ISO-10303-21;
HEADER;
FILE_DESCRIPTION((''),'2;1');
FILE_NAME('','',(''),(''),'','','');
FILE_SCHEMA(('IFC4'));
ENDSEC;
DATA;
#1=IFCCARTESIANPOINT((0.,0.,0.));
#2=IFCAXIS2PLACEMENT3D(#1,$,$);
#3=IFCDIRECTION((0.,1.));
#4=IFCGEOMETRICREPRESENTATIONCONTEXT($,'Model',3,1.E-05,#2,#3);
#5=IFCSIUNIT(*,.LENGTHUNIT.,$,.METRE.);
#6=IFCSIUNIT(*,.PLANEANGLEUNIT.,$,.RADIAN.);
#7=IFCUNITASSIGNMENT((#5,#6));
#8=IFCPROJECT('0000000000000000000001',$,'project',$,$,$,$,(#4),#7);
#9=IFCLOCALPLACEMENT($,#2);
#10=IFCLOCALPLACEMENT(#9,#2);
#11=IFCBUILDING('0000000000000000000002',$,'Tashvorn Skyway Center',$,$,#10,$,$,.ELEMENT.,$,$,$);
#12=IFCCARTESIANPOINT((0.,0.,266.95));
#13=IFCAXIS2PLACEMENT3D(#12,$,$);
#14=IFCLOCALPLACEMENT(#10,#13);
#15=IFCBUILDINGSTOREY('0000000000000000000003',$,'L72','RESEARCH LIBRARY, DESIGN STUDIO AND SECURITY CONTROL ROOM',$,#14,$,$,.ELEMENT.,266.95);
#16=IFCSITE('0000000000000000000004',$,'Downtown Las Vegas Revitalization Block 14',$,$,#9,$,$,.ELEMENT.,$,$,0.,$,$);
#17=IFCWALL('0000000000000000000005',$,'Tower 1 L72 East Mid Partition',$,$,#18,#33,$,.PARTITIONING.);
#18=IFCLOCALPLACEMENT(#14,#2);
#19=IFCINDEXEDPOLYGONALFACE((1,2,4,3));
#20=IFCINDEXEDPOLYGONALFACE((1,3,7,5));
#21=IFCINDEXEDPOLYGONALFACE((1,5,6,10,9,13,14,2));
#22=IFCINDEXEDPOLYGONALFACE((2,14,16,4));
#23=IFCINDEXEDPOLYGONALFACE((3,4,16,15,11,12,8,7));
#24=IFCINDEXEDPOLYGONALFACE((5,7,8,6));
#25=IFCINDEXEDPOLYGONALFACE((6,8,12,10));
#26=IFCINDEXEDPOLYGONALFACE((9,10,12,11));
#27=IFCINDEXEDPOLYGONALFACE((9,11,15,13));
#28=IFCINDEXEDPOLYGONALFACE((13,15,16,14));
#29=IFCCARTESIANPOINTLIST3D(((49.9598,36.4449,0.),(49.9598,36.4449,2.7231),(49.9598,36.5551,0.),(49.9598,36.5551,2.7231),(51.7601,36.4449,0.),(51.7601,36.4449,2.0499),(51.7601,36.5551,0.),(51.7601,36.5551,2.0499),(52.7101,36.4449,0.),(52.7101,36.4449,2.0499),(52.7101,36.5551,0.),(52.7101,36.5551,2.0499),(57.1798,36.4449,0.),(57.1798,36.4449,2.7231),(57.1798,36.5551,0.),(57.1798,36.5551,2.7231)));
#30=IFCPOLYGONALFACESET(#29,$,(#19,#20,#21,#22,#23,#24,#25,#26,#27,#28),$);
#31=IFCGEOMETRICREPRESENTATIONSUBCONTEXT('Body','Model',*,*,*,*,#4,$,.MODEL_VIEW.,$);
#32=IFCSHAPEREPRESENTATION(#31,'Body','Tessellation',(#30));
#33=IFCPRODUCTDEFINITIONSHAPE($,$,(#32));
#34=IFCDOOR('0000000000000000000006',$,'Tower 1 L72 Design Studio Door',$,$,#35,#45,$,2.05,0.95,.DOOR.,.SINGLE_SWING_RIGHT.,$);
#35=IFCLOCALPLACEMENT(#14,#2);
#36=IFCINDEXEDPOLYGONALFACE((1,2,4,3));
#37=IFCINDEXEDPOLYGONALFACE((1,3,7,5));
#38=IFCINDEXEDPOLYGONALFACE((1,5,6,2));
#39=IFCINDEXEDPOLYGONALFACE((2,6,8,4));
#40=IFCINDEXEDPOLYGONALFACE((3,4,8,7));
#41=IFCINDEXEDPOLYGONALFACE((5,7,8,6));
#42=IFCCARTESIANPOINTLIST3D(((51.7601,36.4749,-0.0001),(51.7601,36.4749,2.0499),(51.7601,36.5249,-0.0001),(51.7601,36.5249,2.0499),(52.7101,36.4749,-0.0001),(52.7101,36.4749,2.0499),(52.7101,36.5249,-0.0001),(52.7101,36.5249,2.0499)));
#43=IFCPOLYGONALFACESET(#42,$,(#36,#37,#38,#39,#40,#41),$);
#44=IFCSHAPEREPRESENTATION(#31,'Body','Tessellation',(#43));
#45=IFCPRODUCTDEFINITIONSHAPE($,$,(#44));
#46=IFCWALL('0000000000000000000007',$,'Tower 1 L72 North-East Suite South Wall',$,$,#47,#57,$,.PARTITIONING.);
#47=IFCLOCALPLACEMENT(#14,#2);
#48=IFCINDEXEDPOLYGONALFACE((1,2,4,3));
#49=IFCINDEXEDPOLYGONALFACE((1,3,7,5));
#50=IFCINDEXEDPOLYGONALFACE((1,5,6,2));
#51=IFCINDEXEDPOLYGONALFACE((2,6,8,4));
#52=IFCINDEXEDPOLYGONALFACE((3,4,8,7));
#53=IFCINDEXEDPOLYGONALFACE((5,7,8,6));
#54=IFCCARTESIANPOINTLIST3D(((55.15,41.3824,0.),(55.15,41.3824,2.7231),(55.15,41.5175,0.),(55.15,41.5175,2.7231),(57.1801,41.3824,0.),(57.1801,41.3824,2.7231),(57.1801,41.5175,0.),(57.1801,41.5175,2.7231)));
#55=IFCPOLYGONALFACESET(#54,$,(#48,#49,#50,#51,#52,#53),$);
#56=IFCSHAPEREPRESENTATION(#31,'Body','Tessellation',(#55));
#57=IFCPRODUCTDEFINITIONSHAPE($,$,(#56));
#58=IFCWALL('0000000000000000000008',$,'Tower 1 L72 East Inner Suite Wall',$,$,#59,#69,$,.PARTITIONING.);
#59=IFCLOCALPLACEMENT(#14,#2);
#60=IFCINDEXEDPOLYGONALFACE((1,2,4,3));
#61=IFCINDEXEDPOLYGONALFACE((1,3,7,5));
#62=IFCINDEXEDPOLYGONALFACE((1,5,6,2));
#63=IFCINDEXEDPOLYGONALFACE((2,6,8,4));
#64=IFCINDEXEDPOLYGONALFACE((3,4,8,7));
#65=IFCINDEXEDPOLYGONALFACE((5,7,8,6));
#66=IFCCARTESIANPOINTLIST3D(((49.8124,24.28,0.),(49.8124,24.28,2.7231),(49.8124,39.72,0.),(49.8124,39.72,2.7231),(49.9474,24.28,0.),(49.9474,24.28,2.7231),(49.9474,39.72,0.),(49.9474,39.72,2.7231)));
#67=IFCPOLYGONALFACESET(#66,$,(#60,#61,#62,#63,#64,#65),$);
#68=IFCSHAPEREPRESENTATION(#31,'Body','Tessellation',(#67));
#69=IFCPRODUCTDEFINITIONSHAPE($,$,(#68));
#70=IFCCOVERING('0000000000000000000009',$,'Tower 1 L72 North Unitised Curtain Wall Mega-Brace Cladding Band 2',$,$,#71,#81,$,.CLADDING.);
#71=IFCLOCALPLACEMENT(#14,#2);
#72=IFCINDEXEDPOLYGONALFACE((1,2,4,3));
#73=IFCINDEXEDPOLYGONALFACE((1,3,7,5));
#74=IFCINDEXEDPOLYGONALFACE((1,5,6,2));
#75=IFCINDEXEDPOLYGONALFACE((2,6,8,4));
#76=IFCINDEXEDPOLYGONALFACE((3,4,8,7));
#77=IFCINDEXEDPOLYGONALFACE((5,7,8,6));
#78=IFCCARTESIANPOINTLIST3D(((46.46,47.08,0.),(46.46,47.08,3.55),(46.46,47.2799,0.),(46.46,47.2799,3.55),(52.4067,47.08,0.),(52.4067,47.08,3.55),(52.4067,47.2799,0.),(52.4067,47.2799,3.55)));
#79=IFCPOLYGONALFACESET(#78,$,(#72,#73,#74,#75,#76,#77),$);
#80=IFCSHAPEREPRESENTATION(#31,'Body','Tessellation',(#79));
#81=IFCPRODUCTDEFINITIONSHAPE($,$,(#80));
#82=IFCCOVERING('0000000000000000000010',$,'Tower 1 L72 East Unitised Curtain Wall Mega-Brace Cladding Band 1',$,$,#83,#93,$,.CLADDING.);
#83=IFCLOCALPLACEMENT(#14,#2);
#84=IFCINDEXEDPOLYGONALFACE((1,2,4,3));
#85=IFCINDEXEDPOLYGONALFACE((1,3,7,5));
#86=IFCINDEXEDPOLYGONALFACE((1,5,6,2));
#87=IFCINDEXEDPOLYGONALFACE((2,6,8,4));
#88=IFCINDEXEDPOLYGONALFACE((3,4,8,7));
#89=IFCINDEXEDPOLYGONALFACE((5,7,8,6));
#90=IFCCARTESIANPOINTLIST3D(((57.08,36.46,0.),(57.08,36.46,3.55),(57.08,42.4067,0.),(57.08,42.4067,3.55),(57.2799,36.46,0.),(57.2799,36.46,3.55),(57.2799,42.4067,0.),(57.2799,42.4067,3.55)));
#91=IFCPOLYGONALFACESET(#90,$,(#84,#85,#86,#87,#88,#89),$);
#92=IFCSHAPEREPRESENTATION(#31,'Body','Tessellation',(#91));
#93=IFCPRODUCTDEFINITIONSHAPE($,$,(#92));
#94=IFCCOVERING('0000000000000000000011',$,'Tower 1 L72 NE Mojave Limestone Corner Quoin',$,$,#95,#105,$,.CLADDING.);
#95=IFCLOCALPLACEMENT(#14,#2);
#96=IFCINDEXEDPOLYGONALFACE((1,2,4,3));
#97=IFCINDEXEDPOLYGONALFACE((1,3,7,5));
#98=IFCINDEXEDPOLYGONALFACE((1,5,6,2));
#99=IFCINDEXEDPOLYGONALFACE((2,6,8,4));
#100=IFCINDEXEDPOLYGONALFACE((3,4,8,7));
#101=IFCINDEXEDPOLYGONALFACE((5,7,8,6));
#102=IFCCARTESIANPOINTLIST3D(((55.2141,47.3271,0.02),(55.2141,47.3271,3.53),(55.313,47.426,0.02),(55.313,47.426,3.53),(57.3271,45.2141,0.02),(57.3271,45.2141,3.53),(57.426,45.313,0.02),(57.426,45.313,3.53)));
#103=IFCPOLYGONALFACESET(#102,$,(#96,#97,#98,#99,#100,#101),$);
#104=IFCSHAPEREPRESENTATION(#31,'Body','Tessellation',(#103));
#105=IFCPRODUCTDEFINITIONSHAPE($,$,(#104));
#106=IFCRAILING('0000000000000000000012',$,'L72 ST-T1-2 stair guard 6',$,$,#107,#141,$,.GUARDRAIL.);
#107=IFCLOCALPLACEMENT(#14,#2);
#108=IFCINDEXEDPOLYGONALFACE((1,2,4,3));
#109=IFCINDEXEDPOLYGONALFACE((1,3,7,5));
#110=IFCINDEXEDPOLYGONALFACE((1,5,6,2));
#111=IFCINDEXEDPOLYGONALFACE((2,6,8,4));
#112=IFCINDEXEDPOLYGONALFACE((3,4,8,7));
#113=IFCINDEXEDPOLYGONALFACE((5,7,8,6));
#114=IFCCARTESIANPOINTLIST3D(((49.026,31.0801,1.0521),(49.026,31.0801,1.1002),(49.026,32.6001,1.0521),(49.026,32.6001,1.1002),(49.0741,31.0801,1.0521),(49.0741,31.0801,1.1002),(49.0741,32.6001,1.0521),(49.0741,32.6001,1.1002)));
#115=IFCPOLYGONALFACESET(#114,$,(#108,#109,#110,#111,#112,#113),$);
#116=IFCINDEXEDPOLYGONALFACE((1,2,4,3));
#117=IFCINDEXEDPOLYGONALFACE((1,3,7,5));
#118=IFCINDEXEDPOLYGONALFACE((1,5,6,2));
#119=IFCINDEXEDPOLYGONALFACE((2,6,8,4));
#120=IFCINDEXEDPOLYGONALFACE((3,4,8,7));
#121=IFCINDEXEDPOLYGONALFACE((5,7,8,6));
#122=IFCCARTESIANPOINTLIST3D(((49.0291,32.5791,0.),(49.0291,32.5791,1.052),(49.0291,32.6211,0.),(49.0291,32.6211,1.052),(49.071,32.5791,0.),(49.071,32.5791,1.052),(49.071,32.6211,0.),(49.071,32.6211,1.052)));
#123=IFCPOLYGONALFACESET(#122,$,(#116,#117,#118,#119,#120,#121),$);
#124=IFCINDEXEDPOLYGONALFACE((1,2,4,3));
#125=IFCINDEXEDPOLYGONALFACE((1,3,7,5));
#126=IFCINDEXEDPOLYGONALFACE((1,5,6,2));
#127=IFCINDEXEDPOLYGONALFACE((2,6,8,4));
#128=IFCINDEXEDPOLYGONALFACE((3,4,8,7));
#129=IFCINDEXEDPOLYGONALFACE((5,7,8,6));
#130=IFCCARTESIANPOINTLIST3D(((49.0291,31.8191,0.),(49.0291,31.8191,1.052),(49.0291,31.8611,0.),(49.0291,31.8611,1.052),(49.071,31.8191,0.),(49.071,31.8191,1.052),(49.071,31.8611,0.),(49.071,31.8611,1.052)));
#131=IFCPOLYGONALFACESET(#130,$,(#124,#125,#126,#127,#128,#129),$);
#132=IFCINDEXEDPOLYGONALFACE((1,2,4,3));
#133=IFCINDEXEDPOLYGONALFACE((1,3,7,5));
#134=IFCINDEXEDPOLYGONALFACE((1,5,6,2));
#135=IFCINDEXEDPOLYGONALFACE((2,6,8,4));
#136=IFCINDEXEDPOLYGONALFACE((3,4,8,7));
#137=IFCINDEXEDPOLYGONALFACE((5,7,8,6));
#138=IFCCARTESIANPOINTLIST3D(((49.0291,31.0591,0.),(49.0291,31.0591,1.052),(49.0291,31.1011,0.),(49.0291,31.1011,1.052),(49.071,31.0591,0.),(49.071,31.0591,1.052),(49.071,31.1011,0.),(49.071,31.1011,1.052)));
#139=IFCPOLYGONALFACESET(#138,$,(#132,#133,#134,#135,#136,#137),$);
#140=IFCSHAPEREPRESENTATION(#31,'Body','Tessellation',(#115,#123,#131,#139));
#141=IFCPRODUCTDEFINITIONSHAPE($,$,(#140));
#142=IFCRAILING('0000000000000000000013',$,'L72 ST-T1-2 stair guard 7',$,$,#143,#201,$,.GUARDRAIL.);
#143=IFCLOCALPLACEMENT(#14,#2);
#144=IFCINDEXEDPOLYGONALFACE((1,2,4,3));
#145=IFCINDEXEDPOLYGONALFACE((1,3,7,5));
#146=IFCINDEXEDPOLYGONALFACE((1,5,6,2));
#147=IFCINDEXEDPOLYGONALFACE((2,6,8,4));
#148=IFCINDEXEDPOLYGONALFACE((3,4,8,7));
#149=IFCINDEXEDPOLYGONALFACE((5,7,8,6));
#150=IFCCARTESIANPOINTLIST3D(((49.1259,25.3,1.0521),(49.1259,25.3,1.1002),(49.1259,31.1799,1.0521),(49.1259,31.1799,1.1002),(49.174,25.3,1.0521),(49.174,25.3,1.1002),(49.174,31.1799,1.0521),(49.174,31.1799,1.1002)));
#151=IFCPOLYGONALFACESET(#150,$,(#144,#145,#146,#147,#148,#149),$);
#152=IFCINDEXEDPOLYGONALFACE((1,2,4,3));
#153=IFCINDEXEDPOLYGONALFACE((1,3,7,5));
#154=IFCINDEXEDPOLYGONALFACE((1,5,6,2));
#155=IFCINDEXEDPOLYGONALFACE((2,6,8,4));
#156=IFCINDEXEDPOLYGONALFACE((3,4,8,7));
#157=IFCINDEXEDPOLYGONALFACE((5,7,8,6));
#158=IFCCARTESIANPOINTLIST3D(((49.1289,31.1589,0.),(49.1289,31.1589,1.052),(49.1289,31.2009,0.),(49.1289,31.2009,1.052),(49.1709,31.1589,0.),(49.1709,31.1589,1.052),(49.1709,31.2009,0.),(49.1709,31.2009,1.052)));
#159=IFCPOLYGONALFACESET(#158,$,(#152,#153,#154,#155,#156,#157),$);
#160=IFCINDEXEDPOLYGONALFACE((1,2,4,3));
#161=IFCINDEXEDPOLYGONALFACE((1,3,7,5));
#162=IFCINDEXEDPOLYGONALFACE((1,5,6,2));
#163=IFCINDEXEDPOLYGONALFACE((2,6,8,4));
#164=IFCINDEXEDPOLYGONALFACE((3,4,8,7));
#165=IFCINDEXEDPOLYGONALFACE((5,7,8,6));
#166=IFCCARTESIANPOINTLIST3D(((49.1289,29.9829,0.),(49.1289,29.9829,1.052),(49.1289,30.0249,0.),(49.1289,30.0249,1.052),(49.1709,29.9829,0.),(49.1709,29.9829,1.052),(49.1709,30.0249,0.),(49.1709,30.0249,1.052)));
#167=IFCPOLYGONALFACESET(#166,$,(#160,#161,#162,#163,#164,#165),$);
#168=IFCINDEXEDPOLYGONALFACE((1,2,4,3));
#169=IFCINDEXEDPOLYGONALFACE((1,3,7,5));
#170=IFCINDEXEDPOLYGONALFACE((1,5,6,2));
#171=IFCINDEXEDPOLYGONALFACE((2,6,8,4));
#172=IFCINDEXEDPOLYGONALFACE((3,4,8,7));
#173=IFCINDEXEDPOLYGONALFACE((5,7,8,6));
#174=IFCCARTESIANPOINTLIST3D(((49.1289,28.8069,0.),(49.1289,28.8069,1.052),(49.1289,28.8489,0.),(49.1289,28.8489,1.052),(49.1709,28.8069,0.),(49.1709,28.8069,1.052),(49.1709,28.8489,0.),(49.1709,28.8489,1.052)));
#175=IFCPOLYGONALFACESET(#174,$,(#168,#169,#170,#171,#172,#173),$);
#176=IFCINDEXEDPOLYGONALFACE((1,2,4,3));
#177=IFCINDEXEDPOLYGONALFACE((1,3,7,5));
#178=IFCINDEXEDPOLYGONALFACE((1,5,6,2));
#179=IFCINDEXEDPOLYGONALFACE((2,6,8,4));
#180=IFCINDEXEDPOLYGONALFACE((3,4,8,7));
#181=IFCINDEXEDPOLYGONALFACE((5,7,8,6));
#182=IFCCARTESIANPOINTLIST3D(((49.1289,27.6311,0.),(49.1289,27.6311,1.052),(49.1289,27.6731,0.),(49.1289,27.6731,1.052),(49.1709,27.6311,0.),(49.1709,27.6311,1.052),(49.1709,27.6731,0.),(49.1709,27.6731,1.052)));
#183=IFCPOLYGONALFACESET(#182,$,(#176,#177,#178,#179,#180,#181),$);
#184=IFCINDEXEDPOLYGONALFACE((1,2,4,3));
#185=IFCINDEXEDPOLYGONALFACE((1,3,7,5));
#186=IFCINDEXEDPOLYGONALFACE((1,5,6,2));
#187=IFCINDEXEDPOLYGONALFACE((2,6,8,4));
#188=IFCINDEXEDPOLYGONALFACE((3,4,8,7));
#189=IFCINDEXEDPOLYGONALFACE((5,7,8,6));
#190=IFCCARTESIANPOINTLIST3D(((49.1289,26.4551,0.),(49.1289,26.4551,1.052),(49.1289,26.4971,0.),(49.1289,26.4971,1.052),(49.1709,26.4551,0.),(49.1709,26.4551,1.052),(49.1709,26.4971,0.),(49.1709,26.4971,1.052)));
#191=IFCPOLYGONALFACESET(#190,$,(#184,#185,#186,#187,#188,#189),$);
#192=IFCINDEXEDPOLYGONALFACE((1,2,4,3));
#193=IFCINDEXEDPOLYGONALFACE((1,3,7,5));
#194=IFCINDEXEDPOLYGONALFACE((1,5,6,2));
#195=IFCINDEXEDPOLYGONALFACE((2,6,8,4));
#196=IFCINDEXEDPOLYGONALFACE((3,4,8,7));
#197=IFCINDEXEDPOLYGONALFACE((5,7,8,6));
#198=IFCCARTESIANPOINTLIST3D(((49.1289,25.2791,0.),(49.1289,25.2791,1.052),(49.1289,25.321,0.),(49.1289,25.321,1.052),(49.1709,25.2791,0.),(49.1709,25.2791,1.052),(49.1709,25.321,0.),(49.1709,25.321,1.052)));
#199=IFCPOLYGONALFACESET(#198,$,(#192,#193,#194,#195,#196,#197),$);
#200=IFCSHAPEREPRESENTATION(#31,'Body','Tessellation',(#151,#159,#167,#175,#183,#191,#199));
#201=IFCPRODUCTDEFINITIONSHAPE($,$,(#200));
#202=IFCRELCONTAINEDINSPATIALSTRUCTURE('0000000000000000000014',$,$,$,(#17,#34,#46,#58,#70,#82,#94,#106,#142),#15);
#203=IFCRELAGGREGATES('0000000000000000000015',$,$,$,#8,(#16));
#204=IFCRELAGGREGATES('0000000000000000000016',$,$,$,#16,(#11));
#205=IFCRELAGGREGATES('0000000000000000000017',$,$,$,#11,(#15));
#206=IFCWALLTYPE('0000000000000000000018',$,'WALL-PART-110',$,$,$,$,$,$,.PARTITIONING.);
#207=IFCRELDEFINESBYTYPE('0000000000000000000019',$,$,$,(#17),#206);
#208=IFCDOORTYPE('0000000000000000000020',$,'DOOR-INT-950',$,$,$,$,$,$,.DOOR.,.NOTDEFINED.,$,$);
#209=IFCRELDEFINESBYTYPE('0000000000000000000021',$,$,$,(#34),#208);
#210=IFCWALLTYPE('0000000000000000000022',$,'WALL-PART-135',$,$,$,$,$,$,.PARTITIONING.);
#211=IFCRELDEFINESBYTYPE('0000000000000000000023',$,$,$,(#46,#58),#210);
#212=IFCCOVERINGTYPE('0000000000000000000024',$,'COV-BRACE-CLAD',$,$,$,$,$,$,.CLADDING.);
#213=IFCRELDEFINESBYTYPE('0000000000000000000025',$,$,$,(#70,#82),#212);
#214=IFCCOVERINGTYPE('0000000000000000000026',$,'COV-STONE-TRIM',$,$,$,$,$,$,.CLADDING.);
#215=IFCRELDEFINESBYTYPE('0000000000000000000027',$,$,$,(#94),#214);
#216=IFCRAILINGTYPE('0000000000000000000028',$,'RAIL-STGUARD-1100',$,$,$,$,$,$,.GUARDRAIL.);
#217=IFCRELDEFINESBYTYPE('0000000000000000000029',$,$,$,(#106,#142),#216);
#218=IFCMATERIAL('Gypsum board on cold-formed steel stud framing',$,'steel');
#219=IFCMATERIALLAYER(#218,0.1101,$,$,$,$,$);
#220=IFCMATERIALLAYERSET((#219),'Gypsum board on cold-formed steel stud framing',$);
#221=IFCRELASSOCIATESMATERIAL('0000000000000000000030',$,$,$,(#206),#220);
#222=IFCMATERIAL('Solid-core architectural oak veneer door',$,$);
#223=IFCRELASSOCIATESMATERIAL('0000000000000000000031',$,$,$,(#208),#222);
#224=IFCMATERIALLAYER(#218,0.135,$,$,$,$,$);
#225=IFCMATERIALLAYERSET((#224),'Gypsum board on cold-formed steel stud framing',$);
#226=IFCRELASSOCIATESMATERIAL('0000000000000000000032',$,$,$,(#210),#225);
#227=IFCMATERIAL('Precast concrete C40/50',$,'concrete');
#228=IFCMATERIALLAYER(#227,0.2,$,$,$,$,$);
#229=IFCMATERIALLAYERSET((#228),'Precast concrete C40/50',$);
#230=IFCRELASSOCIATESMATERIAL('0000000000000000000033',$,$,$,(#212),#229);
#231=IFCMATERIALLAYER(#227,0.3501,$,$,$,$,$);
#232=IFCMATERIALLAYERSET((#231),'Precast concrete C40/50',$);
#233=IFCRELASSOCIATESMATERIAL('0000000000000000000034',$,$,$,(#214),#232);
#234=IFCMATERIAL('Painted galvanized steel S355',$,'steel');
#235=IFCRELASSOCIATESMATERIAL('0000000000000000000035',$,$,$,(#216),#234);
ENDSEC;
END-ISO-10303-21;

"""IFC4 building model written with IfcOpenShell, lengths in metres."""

from ifc_helpers import new_model, si_unit, direction, frame, frame_2d, origin, origin_2d, place, context, subcontext, project, spatial, rectangle, extrude, material, layer, layer_set, type_object, element, fill, save


model = new_model("IFC4")

# Units and contexts
model_context = context("Model", 3, precision=1e-05, world=origin(), true_north=direction((0.0, 1.0)))
body_context = subcontext(model_context, "Body", "Model", "MODEL_VIEW")
ifc_project = project(units=[si_unit("LENGTHUNIT", "METRE"), si_unit("PLANEANGLEUNIT", "RADIAN")], contexts=[model_context])

# Site, building, storey
site_placement = place(None, origin())
site = spatial("IfcSite", under=ifc_project, at=site_placement, Name="Downtown Las Vegas Revitalization Block 14", CompositionType="ELEMENT", RefElevation=0.0)
building_placement = place(site_placement, origin())
building = spatial("IfcBuilding", under=site, at=building_placement, Name="Tashvorn Skyway Center", CompositionType="ELEMENT")
storey_placement = place(building_placement, frame((0.0, 0.0, 266.95)))
storey = spatial("IfcBuildingStorey", under=building, at=storey_placement, Name="L72", Description="RESEARCH LIBRARY, DESIGN STUDIO AND SECURITY CONTROL ROOM", CompositionType="ELEMENT", Elevation=266.95)

# Shared definitions
ifc_material_1 = material(Name="Precast concrete C40/50", Category="concrete")
ifc_material_2 = material(Name="Gypsum board on cold-formed steel stud framing", Category="steel")
ifc_layer_1 = layer(ifc_material_2, 0.1101)
ifc_layer_set_1 = layer_set([ifc_layer_1], Name="Gypsum board on cold-formed steel stud framing")
wall_type_1 = type_object("IfcWallType", Name="WALL-PART-110", PredefinedType="PARTITIONING", material=ifc_layer_set_1)

# Wall, opening, door
wall_1_placement = place(storey_placement, frame((49.96, 36.5, 0.0), z_axis=(0.0, 0.0, 1.0), x_axis=(1.0, 0.0, 0.0)))
wall_1 = element("IfcWall", 1, at=wall_1_placement, inside=storey, type_object=wall_type_1, Name="Tower 1 L72 East Mid Partition", PredefinedType="PARTITIONING", context=body_context, shape_type="SweptSolid", body=[
    extrude(rectangle(XDim=7.22, YDim=0.1101, at=frame_2d((3.6099, 0.0))), origin(), (0.0, 0.0, 1.0), 2.7231),
])
opening_placement = place(wall_1_placement, frame((1.8, 0.0, 0.0)))
opening = element("IfcOpeningElement", 2, at=opening_placement, cuts=wall_1, PredefinedType="OPENING", context=body_context, shape_type="SweptSolid", body=[
    extrude(rectangle(XDim=0.95, YDim=2.05, at=frame_2d((0.4751, 1.0249))), frame((0.0, 0.0649, 0.0), z_axis=(0.0, -1.0, 0.0), x_axis=(1.0, 0.0, 0.0)), (0.0, 0.0, 1.0), 0.1301),
])
ifc_material_3 = material(Name="Solid-core architectural oak veneer door")
door_type = type_object("IfcDoorType", Name="DOOR-INT-950", OperationType="NOTDEFINED", PredefinedType="DOOR", material=ifc_material_3)
door_placement = place(opening_placement, origin())
door = element("IfcDoor", 3, at=door_placement, inside=storey, type_object=door_type, Name="Tower 1 L72 Design Studio Door", OperationType="SINGLE_SWING_RIGHT", OverallHeight=2.05, OverallWidth=0.95, PredefinedType="DOOR", context=body_context, shape_type="SweptSolid", body=[
    extrude(rectangle(XDim=0.95, YDim=2.05, at=frame_2d((0.4751, 1.0249))), frame((0.0, 0.0249, 0.0), z_axis=(0.0, -1.0, 0.0), x_axis=(1.0, 0.0, 0.0)), (0.0, 0.0, 1.0), 0.05),
])
fill(opening, door)

# Walls
ifc_layer_2 = layer(ifc_material_2, 0.135)
ifc_layer_set_2 = layer_set([ifc_layer_2], Name="Gypsum board on cold-formed steel stud framing")
wall_type_2 = type_object("IfcWallType", Name="WALL-PART-135", PredefinedType="PARTITIONING", material=ifc_layer_set_2)
wall_2_placement = place(storey_placement, frame((55.1499, 41.45, 0.0), z_axis=(0.0, 0.0, 1.0), x_axis=(1.0, 0.0, 0.0)))
element("IfcWall", 4, at=wall_2_placement, inside=storey, type_object=wall_type_2, Name="Tower 1 L72 North-East Suite South Wall", PredefinedType="PARTITIONING", context=body_context, shape_type="SweptSolid", body=[
    extrude(rectangle(XDim=2.03, YDim=0.135, at=frame_2d((1.0151, 0.0))), origin(), (0.0, 0.0, 1.0), 2.7231),
])
wall_3_placement = place(storey_placement, frame((49.8799, 39.72, 0.0), z_axis=(0.0, 0.0, 1.0), x_axis=(0.0, -1.0, 0.0)))
element("IfcWall", 5, at=wall_3_placement, inside=storey, type_object=wall_type_2, Name="Tower 1 L72 East Inner Suite Wall", PredefinedType="PARTITIONING", context=body_context, shape_type="SweptSolid", body=[
    extrude(rectangle(XDim=15.4399, YDim=0.135, at=frame_2d((7.72, 0.0))), origin(), (0.0, 0.0, 1.0), 2.7231),
])

# Coverings
ifc_layer_3 = layer(ifc_material_1, 0.2)
ifc_layer_set_3 = layer_set([ifc_layer_3], Name="Precast concrete C40/50")
covering_type_1 = type_object("IfcCoveringType", Name="COV-BRACE-CLAD", PredefinedType="CLADDING", material=ifc_layer_set_3)
for number, where, z_axis, x_axis, name in (
    (6, (49.4333, 47.1799, 0.0), (0.0, 0.0, 1.0), (1.0, 0.0, 0.0), "Tower 1 L72 North Unitised Curtain Wall Mega-Brace Cladding Band 2"),
    (7, (57.1799, 39.4333, 0.0), (0.0, 0.0, 1.0), (0.0, -1.0, 0.0), "Tower 1 L72 East Unitised Curtain Wall Mega-Brace Cladding Band 1"),
):
    element("IfcCovering", number, at=place(storey_placement, frame(where, z_axis=z_axis, x_axis=x_axis)), inside=storey, type_object=covering_type_1, Name=name, PredefinedType="CLADDING", context=body_context, shape_type="SweptSolid", body=[
        extrude(rectangle(XDim=5.9468, YDim=0.2, at=origin_2d()), origin(), (0.0, 0.0, 1.0), 3.55),
    ])
ifc_layer_4 = layer(ifc_material_1, 0.3501)
ifc_layer_set_4 = layer_set([ifc_layer_4], Name="Precast concrete C40/50")
covering_type_2 = type_object("IfcCoveringType", Name="COV-STONE-TRIM", PredefinedType="CLADDING", material=ifc_layer_set_4)
covering_placement = place(storey_placement, frame((56.3201, 46.3201, 0.02), z_axis=(0.0, 0.0, 1.0), x_axis=(0.707107, -0.707107, 0.0)))
element("IfcCovering", 8, at=covering_placement, inside=storey, type_object=covering_type_2, Name="Tower 1 L72 NE Mojave Limestone Corner Quoin", PredefinedType="CLADDING", context=body_context, shape_type="SweptSolid", body=[
    extrude(rectangle(XDim=2.9883, YDim=0.1399, at=origin_2d()), origin(), (0.0, 0.0, 1.0), 3.51),
])

# Railings
ifc_material_4 = material(Name="Painted galvanized steel S355", Category="steel")
railing_type = type_object("IfcRailingType", Name="RAIL-STGUARD-1100", PredefinedType="GUARDRAIL", material=ifc_material_4)
railing_1_placement = place(storey_placement, frame((49.05, 32.6001, 0.0)))
element("IfcRailing", 9, at=railing_1_placement, inside=storey, type_object=railing_type, Name="L72 ST-T1-2 stair guard 6", PredefinedType="GUARDRAIL", context=body_context, shape_type="SweptSolid", body=[
    extrude(rectangle(XDim=0.0481, YDim=0.0481, at=origin_2d()), frame((0.0, 0.0, 1.0762), z_axis=(0.0, -1.0, 0.0), x_axis=(1.0, 0.0, 0.0)), (0.0, 0.0, 1.0), 1.52),
    extrude(rectangle(XDim=0.042, YDim=0.042, at=origin_2d()), origin(), (0.0, 0.0, 1.0), 1.052),
    extrude(rectangle(XDim=0.042, YDim=0.042, at=origin_2d()), frame((0.0, -0.76, 0.0)), (0.0, 0.0, 1.0), 1.052),
    extrude(rectangle(XDim=0.042, YDim=0.042, at=origin_2d()), frame((0.0, -1.52, 0.0)), (0.0, 0.0, 1.0), 1.052),
])
railing_2_placement = place(storey_placement, frame((49.1499, 31.1799, 0.0)))
element("IfcRailing", 10, at=railing_2_placement, inside=storey, type_object=railing_type, Name="L72 ST-T1-2 stair guard 7", PredefinedType="GUARDRAIL", context=body_context, shape_type="SweptSolid", body=[
    extrude(rectangle(XDim=0.0481, YDim=0.0481, at=origin_2d()), frame((0.0, 0.0, 1.0762), z_axis=(0.0, -1.0, 0.0), x_axis=(1.0, 0.0, 0.0)), (0.0, 0.0, 1.0), 5.8799),
    extrude(rectangle(XDim=0.042, YDim=0.042, at=origin_2d()), origin(), (0.0, 0.0, 1.0), 1.052),
    extrude(rectangle(XDim=0.042, YDim=0.042, at=origin_2d()), frame((0.0, -1.176, 0.0)), (0.0, 0.0, 1.0), 1.052),
    extrude(rectangle(XDim=0.042, YDim=0.042, at=origin_2d()), frame((0.0, -2.3521, 0.0)), (0.0, 0.0, 1.0), 1.052),
    extrude(rectangle(XDim=0.042, YDim=0.042, at=origin_2d()), frame((0.0, -3.5278, 0.0)), (0.0, 0.0, 1.0), 1.052),
    extrude(rectangle(XDim=0.042, YDim=0.042, at=origin_2d()), frame((0.0, -4.7039, 0.0)), (0.0, 0.0, 1.0), 1.052),
    extrude(rectangle(XDim=0.042, YDim=0.042, at=origin_2d()), frame((0.0, -5.8799, 0.0)), (0.0, 0.0, 1.0), 1.052),
])

save(model, "model.ifc")
